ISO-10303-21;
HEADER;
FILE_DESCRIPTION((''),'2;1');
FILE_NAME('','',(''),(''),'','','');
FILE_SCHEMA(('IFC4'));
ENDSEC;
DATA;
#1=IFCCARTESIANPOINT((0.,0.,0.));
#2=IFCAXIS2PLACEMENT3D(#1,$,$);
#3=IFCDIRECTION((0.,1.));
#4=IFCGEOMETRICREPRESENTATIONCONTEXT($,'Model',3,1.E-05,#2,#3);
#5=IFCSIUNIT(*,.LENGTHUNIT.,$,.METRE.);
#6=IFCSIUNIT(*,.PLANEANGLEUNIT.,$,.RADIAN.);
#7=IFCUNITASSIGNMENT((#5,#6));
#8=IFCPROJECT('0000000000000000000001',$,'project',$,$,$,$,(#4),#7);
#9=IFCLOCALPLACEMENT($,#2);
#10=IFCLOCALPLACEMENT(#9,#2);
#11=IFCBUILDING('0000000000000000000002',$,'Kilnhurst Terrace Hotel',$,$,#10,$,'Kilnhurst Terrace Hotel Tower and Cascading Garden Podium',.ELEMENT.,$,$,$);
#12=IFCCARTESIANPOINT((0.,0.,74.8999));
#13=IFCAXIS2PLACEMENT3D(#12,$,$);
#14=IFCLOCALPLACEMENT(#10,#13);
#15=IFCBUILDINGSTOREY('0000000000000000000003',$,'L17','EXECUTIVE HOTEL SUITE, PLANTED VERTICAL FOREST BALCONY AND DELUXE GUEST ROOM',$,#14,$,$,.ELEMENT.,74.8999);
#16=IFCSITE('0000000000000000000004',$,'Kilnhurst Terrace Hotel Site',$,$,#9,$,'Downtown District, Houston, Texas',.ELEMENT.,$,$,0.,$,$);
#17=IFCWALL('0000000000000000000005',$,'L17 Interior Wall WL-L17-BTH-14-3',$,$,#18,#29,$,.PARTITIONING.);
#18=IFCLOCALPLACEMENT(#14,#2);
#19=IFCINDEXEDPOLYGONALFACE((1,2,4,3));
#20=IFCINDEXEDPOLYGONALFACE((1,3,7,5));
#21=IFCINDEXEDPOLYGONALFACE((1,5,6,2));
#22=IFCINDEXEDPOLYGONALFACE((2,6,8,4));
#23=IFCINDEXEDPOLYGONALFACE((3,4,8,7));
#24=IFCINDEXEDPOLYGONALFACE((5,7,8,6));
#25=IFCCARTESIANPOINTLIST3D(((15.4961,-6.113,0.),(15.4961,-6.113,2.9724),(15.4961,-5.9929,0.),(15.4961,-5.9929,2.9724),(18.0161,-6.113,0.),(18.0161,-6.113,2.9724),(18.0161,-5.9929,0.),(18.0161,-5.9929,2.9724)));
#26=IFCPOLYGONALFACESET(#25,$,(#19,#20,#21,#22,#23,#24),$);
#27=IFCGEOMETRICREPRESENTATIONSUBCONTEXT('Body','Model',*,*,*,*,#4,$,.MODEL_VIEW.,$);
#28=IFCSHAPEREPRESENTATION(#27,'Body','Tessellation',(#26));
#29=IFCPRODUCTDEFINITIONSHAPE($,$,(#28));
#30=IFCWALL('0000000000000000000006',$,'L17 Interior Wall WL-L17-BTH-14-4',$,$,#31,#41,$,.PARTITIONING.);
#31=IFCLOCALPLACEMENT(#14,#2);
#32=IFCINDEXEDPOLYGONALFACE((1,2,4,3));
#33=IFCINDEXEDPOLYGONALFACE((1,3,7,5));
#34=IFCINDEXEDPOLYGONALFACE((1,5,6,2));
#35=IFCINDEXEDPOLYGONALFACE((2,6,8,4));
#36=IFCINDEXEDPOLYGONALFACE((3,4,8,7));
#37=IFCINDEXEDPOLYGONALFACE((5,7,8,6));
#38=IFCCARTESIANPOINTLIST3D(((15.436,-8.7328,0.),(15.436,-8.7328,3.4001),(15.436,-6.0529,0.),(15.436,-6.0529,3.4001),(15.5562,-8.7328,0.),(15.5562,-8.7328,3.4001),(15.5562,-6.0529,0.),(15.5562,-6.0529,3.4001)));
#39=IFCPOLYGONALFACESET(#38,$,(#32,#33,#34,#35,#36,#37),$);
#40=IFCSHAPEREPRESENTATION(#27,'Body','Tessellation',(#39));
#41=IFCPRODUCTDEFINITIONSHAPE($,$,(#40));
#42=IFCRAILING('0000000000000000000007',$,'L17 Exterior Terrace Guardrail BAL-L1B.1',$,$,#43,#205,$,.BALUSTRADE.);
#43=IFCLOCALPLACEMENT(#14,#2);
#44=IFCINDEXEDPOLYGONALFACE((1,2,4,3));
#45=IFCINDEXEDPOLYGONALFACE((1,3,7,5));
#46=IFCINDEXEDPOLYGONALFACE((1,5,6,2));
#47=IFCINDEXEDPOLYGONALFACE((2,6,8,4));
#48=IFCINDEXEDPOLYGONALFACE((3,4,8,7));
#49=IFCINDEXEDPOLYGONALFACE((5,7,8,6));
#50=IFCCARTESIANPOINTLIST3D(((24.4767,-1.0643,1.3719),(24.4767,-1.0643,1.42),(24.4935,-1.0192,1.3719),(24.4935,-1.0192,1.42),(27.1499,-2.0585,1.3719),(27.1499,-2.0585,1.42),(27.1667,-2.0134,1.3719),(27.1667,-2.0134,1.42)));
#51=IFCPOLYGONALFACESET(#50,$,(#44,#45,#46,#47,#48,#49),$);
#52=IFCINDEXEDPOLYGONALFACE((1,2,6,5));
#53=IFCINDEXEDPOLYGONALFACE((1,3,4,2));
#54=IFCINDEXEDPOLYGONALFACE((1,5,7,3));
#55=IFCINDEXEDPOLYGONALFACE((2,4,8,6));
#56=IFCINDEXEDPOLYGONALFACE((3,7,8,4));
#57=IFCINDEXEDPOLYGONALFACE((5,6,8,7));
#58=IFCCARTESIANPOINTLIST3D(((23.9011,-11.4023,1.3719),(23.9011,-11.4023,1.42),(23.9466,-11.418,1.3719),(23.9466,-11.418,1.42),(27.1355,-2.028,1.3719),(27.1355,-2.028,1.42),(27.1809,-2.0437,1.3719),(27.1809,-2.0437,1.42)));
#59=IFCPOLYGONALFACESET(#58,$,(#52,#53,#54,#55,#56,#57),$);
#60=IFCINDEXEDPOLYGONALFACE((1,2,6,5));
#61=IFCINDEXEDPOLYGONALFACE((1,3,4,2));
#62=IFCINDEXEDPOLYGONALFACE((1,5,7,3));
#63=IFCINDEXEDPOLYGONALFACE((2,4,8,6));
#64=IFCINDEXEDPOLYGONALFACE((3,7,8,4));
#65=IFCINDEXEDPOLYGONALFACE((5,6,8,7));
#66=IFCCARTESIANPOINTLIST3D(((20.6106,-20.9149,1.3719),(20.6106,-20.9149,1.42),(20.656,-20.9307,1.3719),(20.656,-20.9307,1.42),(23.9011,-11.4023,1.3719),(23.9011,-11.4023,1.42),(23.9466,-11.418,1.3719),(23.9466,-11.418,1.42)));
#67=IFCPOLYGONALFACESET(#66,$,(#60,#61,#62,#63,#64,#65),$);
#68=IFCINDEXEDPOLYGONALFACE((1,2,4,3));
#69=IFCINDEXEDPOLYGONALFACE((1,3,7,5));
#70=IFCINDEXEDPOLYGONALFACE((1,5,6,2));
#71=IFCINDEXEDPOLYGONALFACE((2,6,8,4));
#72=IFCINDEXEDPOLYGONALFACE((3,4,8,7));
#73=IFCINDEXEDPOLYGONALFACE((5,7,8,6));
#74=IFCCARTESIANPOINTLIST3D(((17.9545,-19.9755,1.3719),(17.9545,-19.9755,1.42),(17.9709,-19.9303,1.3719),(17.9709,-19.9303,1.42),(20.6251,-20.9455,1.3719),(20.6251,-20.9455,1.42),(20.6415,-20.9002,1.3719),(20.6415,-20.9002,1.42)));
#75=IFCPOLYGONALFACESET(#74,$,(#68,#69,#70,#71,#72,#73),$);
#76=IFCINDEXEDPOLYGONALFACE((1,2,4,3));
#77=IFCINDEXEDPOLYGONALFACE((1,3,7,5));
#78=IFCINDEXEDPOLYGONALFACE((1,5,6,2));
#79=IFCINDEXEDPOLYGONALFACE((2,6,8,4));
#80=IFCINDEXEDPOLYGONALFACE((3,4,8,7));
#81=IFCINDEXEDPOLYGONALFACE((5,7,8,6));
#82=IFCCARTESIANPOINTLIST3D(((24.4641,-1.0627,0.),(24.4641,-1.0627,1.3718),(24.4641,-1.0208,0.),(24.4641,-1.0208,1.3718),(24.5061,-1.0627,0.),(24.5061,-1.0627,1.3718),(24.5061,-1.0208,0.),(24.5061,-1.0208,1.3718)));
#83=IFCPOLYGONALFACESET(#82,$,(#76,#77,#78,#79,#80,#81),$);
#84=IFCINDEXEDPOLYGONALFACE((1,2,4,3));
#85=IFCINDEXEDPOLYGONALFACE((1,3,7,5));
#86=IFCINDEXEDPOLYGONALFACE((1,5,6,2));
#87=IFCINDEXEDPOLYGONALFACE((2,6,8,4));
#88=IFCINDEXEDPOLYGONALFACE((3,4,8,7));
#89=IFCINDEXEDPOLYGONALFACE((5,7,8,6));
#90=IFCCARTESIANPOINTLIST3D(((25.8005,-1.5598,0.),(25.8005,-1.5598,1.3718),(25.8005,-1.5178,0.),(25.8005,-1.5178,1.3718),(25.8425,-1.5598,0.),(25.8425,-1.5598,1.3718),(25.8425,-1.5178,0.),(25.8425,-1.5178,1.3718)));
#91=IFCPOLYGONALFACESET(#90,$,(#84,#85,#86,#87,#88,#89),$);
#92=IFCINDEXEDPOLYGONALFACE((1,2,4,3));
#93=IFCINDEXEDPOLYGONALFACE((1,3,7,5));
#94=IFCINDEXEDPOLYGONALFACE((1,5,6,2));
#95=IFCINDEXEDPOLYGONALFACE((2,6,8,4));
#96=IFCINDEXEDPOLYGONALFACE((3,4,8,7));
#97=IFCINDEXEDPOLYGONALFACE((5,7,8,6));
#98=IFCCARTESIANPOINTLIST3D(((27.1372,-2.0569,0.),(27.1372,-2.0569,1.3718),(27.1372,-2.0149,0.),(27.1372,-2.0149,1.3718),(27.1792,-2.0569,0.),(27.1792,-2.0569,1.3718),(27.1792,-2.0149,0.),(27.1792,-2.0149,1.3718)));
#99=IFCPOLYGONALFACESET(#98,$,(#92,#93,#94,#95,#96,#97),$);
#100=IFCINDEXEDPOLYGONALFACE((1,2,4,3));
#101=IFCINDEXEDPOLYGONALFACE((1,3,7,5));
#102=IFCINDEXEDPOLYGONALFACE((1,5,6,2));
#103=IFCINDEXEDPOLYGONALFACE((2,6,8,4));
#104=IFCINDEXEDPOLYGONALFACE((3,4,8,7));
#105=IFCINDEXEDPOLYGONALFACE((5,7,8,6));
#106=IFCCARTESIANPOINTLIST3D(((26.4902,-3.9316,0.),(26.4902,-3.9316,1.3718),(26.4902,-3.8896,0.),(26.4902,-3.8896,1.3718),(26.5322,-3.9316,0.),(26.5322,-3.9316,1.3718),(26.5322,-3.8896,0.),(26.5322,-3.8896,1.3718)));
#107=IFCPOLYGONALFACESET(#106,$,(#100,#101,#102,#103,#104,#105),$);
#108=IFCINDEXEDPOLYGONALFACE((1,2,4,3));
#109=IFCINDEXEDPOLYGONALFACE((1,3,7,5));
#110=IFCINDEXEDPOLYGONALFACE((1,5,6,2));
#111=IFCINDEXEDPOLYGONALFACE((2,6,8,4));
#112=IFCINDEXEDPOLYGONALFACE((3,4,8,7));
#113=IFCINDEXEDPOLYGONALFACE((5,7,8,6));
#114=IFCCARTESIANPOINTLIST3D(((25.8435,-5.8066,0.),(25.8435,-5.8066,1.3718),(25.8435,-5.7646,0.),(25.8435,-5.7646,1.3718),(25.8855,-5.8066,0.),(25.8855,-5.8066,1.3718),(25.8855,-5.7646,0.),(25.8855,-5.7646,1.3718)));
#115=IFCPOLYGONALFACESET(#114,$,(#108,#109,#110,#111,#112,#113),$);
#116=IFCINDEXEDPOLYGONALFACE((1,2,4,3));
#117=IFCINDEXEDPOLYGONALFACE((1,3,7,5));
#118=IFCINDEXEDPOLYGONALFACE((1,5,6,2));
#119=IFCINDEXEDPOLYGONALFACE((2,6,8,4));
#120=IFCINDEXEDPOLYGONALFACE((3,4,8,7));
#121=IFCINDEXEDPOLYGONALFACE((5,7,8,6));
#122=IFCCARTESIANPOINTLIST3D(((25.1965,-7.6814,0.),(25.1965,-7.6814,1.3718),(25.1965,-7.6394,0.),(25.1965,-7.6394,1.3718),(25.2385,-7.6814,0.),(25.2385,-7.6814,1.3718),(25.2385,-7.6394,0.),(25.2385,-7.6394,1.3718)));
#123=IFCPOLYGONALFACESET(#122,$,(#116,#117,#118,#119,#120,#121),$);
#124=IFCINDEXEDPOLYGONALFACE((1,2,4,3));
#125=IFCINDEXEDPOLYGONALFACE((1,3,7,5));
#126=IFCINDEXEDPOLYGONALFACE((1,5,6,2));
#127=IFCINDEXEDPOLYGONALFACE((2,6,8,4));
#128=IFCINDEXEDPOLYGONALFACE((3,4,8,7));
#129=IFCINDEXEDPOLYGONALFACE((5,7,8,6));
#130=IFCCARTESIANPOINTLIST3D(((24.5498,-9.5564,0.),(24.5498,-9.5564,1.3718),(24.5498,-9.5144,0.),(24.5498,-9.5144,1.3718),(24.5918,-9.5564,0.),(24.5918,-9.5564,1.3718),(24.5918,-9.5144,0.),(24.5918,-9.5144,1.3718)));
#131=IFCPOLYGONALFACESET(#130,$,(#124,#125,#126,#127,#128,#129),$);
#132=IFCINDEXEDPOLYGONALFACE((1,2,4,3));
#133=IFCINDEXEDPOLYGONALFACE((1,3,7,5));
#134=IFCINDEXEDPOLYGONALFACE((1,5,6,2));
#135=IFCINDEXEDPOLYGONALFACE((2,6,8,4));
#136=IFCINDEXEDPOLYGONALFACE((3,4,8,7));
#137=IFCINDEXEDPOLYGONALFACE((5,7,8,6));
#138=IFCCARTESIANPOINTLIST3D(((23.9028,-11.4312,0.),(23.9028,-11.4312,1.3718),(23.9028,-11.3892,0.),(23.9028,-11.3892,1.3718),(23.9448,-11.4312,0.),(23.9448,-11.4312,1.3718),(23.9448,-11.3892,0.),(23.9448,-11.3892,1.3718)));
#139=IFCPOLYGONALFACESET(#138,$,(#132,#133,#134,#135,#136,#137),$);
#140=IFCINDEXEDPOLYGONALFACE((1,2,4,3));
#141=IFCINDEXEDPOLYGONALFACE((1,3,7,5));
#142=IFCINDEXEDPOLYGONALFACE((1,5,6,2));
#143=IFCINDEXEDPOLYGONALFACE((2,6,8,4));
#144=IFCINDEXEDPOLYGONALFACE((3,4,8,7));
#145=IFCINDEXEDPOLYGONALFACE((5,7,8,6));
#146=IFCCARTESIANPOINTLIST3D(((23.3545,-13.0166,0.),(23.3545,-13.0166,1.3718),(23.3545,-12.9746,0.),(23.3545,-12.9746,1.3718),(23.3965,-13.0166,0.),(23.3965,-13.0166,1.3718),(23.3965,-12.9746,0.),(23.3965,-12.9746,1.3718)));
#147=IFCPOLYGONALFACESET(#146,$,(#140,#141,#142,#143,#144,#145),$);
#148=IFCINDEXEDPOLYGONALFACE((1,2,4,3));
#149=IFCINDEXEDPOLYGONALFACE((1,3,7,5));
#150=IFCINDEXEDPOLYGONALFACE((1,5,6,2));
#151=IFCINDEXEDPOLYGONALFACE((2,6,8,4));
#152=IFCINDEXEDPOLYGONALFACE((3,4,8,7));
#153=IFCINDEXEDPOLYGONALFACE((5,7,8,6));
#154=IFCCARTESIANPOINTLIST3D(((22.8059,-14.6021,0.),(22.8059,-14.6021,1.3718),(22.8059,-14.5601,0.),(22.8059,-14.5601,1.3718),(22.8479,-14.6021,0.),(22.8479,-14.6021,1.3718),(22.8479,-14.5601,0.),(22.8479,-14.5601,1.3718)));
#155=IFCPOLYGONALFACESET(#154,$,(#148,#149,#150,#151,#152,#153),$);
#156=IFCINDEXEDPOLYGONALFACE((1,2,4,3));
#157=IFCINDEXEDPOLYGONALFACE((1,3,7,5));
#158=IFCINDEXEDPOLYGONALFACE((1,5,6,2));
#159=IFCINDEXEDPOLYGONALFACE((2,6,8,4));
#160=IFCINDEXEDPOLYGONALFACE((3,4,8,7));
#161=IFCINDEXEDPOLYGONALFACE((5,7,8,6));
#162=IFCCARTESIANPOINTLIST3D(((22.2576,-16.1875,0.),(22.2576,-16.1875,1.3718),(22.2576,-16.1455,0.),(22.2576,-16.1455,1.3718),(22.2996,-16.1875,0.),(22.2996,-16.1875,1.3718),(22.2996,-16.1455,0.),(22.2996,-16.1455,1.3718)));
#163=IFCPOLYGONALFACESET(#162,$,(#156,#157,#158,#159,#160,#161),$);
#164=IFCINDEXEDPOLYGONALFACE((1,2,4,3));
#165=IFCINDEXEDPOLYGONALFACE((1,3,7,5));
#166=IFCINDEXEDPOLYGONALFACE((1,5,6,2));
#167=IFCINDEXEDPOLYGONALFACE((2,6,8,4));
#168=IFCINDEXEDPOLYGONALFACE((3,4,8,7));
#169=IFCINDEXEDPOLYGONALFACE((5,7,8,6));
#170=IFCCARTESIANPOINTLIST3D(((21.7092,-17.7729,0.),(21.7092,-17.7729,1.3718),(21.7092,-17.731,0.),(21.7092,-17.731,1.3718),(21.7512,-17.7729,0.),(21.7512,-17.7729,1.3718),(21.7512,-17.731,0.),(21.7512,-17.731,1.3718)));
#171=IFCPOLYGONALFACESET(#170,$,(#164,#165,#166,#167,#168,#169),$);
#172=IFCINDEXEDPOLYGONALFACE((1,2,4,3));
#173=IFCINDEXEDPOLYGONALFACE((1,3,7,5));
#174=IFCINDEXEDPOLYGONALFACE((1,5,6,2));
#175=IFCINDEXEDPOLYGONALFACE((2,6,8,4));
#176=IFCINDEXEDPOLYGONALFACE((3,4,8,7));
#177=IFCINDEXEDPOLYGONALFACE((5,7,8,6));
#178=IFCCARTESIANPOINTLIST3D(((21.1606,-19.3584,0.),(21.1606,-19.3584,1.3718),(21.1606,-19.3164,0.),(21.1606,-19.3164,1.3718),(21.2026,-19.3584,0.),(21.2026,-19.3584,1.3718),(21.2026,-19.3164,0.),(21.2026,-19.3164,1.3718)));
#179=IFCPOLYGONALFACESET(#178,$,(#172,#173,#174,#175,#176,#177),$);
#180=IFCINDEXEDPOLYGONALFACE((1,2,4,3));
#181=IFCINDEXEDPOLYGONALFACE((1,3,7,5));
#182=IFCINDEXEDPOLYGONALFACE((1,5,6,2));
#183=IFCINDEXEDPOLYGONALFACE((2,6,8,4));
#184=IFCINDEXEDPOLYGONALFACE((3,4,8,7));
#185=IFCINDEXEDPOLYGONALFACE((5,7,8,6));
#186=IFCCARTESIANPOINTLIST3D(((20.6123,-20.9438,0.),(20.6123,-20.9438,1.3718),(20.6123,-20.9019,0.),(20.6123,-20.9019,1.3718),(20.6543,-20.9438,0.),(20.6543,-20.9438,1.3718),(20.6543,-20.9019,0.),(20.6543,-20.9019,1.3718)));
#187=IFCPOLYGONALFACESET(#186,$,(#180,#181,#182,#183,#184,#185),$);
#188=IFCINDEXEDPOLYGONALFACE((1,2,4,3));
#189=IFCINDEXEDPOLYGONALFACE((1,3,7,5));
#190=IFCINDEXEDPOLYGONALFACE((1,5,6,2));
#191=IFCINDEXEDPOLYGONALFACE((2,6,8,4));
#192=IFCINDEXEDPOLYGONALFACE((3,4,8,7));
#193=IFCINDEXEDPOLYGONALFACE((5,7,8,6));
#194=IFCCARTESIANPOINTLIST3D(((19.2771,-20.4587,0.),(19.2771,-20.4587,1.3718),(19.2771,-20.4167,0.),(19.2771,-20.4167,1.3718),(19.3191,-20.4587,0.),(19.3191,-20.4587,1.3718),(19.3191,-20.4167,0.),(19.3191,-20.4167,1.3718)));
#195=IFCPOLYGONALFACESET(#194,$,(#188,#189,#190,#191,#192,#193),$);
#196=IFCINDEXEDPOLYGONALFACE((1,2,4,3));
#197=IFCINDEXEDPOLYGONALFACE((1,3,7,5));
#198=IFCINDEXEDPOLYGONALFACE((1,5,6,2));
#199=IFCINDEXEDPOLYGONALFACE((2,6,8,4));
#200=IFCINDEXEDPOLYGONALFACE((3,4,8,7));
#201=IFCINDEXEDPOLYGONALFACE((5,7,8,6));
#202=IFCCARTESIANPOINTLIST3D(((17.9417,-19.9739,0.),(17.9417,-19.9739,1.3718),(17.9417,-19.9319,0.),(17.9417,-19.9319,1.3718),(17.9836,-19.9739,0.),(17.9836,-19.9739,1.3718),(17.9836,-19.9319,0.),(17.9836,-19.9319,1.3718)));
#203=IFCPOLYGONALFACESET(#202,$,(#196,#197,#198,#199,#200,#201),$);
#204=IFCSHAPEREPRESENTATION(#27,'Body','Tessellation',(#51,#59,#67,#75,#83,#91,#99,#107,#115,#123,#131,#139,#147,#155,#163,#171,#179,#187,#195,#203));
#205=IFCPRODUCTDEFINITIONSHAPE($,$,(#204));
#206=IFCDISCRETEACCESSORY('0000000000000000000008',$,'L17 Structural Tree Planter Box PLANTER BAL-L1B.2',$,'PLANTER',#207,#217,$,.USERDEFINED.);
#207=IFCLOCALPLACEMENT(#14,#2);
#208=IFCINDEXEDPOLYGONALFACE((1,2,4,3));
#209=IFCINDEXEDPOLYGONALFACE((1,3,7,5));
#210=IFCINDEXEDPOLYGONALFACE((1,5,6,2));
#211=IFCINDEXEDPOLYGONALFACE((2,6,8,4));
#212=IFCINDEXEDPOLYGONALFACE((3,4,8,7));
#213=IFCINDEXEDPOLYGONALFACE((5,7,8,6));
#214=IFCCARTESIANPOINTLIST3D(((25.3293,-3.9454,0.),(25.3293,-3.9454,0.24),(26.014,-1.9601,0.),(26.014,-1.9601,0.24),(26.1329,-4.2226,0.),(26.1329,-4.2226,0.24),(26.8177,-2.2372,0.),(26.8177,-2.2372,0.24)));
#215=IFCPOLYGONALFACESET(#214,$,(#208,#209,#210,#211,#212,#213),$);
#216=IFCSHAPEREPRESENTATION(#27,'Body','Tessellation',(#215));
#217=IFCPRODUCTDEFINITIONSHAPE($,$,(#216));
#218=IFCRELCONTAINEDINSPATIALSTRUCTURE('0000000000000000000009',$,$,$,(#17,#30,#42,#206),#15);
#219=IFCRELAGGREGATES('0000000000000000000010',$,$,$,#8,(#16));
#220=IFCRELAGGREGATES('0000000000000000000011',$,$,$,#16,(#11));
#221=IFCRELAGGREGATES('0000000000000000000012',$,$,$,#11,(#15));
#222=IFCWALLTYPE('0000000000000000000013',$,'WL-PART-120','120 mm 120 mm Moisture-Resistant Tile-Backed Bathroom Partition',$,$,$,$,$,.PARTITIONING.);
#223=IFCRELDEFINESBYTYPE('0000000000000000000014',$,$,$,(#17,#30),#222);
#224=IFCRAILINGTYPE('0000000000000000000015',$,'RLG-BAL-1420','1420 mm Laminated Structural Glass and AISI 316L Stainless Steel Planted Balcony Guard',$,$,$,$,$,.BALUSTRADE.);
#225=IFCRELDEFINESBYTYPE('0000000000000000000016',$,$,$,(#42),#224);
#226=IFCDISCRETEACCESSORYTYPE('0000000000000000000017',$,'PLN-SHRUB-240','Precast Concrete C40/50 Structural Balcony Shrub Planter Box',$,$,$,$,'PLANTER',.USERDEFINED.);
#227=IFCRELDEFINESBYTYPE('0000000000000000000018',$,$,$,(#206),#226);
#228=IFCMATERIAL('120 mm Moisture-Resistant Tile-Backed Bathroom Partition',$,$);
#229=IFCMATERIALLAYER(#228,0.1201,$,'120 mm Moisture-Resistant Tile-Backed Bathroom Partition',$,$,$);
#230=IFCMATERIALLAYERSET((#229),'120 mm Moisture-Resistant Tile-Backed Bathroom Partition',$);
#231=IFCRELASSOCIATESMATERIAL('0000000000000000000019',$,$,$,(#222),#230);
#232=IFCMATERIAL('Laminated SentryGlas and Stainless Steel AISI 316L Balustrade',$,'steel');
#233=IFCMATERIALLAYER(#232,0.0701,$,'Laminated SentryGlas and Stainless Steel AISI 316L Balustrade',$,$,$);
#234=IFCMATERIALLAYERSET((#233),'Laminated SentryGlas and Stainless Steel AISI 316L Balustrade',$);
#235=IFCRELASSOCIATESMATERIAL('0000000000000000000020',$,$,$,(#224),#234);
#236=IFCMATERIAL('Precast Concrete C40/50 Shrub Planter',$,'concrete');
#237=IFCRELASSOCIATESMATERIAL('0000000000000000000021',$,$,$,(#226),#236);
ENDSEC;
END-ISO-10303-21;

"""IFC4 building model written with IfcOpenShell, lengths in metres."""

from ifc_helpers import new_model, si_unit, direction, frame, frame_2d, origin, origin_2d, place, context, subcontext, project, spatial, rectangle, extrude, material, layer, layer_set, type_object, element, save


model = new_model("IFC4")

# Units and contexts
model_context = context("Model", 3, precision=1e-05, world=origin(), true_north=direction((0.0, 1.0)))
body_context = subcontext(model_context, "Body", "Model", "MODEL_VIEW")
ifc_project = project(units=[si_unit("LENGTHUNIT", "METRE"), si_unit("PLANEANGLEUNIT", "RADIAN")], contexts=[model_context])

# Site, building, storey
site_placement = place(None, origin())
site = spatial("IfcSite", under=ifc_project, at=site_placement, Name="Kilnhurst Terrace Hotel Site", LongName="Downtown District, Houston, Texas", CompositionType="ELEMENT", RefElevation=0.0)
building_placement = place(site_placement, origin())
building = spatial("IfcBuilding", under=site, at=building_placement, Name="Kilnhurst Terrace Hotel", LongName="Kilnhurst Terrace Hotel Tower and Cascading Garden Podium", CompositionType="ELEMENT")
storey_placement = place(building_placement, frame((0.0, 0.0, 74.8999)))
storey = spatial("IfcBuildingStorey", under=building, at=storey_placement, Name="L17", Description="EXECUTIVE HOTEL SUITE, PLANTED VERTICAL FOREST BALCONY AND DELUXE GUEST ROOM", CompositionType="ELEMENT", Elevation=74.8999)

# Walls
ifc_material_1 = material(Name="120 mm Moisture-Resistant Tile-Backed Bathroom Partition")
ifc_layer_1 = layer(ifc_material_1, 0.1201, Name="120 mm Moisture-Resistant Tile-Backed Bathroom Partition")
ifc_layer_set_1 = layer_set([ifc_layer_1], Name="120 mm Moisture-Resistant Tile-Backed Bathroom Partition")
wall_type_1 = type_object("IfcWallType", Name="WL-PART-120", Description="120 mm 120 mm Moisture-Resistant Tile-Backed Bathroom Partition", PredefinedType="PARTITIONING", material=ifc_layer_set_1)
wall_1_placement = place(storey_placement, frame((18.0161, -6.053, 0.0), z_axis=(0.0, 0.0, 1.0), x_axis=(-1.0, 0.0, 0.0)))
element("IfcWall", 1, at=wall_1_placement, inside=storey, type_object=wall_type_1, Name="L17 Interior Wall WL-L17-BTH-14-3", PredefinedType="PARTITIONING", context=body_context, shape_type="SweptSolid", body=[
    extrude(rectangle(XDim=2.52, YDim=0.1201, at=frame_2d((1.26, 0.0))), origin(), (0.0, 0.0, 1.0), 2.9724),
])
wall_2_placement = place(storey_placement, frame((15.4961, -6.053, 0.0), z_axis=(0.0, 0.0, 1.0), x_axis=(0.0, -1.0, 0.0)))
element("IfcWall", 2, at=wall_2_placement, inside=storey, type_object=wall_type_1, Name="L17 Interior Wall WL-L17-BTH-14-4", PredefinedType="PARTITIONING", context=body_context, shape_type="SweptSolid", body=[
    extrude(rectangle(XDim=2.6799, YDim=0.1201, at=frame_2d((1.3398, 0.0))), origin(), (0.0, 0.0, 1.0), 3.4001),
])

# Railing
ifc_material_2 = material(Name="Laminated SentryGlas and Stainless Steel AISI 316L Balustrade", Category="steel")
ifc_layer_2 = layer(ifc_material_2, 0.0701, Name="Laminated SentryGlas and Stainless Steel AISI 316L Balustrade")
ifc_layer_set_2 = layer_set([ifc_layer_2], Name="Laminated SentryGlas and Stainless Steel AISI 316L Balustrade")
railing_type = type_object("IfcRailingType", Name="RLG-BAL-1420", Description="1420 mm Laminated Structural Glass and AISI 316L Stainless Steel Planted Balcony Guard", PredefinedType="BALUSTRADE", material=ifc_layer_set_2)
railing_placement = place(storey_placement, frame((24.4851, -1.0417, 0.0)))
element("IfcRailing", 3, at=railing_placement, inside=storey, type_object=railing_type, Name="L17 Exterior Terrace Guardrail BAL-L1B.1", PredefinedType="BALUSTRADE", context=body_context, shape_type="SweptSolid", body=[
    extrude(rectangle(XDim=0.0481, YDim=0.0481, at=origin_2d()), frame((0.0, 0.0, 1.396), z_axis=(0.937279, -0.34858, 0.0), x_axis=(0.34858, 0.937279, 0.0)), (0.0, 0.0, 1.0), 2.8521),
    extrude(rectangle(XDim=0.0481, YDim=0.0481, at=origin_2d()), frame((2.6731, -0.9941, 1.396), z_axis=(-0.326159, -0.945315, 0.0), x_axis=(0.945315, -0.326159, 0.0)), (0.0, 0.0, 1.0), 9.9165),
    extrude(rectangle(XDim=0.0481, YDim=0.0481, at=origin_2d()), frame((-0.5613, -10.3684, 1.396), z_axis=(-0.326904, -0.945058, 0.0), x_axis=(0.945058, -0.326904, 0.0)), (0.0, 0.0, 1.0), 10.0657),
    extrude(rectangle(XDim=0.0481, YDim=0.0481, at=origin_2d()), frame((-3.8518, -19.8811, 1.396), z_axis=(-0.939926, 0.341377, 0.0), x_axis=(-0.341377, -0.939926, 0.0)), (0.0, 0.0, 1.0), 2.8413),
    extrude(rectangle(XDim=0.042, YDim=0.042, at=origin_2d()), origin(), (0.0, 0.0, 1.0), 1.3718),
    extrude(rectangle(XDim=0.042, YDim=0.042, at=origin_2d()), frame((1.3364, -0.4971, 0.0)), (0.0, 0.0, 1.0), 1.3718),
    extrude(rectangle(XDim=0.042, YDim=0.042, at=origin_2d()), frame((2.6731, -0.9941, 0.0)), (0.0, 0.0, 1.0), 1.3718),
    extrude(rectangle(XDim=0.042, YDim=0.042, at=origin_2d()), frame((2.0261, -2.8689, 0.0)), (0.0, 0.0, 1.0), 1.3718),
    extrude(rectangle(XDim=0.042, YDim=0.042, at=origin_2d()), frame((1.3794, -4.7439, 0.0)), (0.0, 0.0, 1.0), 1.3718),
    extrude(rectangle(XDim=0.042, YDim=0.042, at=origin_2d()), frame((0.7324, -6.6187, 0.0)), (0.0, 0.0, 1.0), 1.3718),
    extrude(rectangle(XDim=0.042, YDim=0.042, at=origin_2d()), frame((0.0857, -8.4937, 0.0)), (0.0, 0.0, 1.0), 1.3718),
    extrude(rectangle(XDim=0.042, YDim=0.042, at=origin_2d()), frame((-0.5613, -10.3684, 0.0)), (0.0, 0.0, 1.0), 1.3718),
    extrude(rectangle(XDim=0.042, YDim=0.042, at=origin_2d()), frame((-1.1096, -11.9539, 0.0)), (0.0, 0.0, 1.0), 1.3718),
    extrude(rectangle(XDim=0.042, YDim=0.042, at=origin_2d()), frame((-1.6582, -13.5393, 0.0)), (0.0, 0.0, 1.0), 1.3718),
    extrude(rectangle(XDim=0.042, YDim=0.042, at=origin_2d()), frame((-2.2065, -15.1248, 0.0)), (0.0, 0.0, 1.0), 1.3718),
    extrude(rectangle(XDim=0.042, YDim=0.042, at=origin_2d()), frame((-2.7549, -16.7102, 0.0)), (0.0, 0.0, 1.0), 1.3718),
    extrude(rectangle(XDim=0.042, YDim=0.042, at=origin_2d()), frame((-3.3035, -18.2957, 0.0)), (0.0, 0.0, 1.0), 1.3718),
    extrude(rectangle(XDim=0.042, YDim=0.042, at=origin_2d()), frame((-3.8518, -19.8811, 0.0)), (0.0, 0.0, 1.0), 1.3718),
    extrude(rectangle(XDim=0.042, YDim=0.042, at=origin_2d()), frame((-5.187, -19.396, 0.0)), (0.0, 0.0, 1.0), 1.3718),
    extrude(rectangle(XDim=0.042, YDim=0.042, at=origin_2d()), frame((-6.5225, -18.9111, 0.0)), (0.0, 0.0, 1.0), 1.3718),
])

# Discrete accessory
ifc_material_3 = material(Name="Precast Concrete C40/50 Shrub Planter", Category="concrete")
discrete_accessory_type = type_object("IfcDiscreteAccessoryType", Name="PLN-SHRUB-240", Description="Precast Concrete C40/50 Structural Balcony Shrub Planter Box", ElementType="PLANTER", PredefinedType="USERDEFINED", material=ifc_material_3)
discrete_accessory_placement = place(storey_placement, frame((26.0735, -3.0913, 0.0), z_axis=(0.0, 0.0, 1.0), x_axis=(0.326063, 0.945348, 0.0)))
element("IfcDiscreteAccessory", 4, at=discrete_accessory_placement, inside=storey, type_object=discrete_accessory_type, Name="L17 Structural Tree Planter Box PLANTER BAL-L1B.2", ObjectType="PLANTER", PredefinedType="USERDEFINED", context=body_context, shape_type="SweptSolid", body=[
    extrude(rectangle(XDim=2.1001, YDim=0.8501, at=origin_2d()), origin(), (0.0, 0.0, 1.0), 0.24),
])

save(model, "model.ifc")
